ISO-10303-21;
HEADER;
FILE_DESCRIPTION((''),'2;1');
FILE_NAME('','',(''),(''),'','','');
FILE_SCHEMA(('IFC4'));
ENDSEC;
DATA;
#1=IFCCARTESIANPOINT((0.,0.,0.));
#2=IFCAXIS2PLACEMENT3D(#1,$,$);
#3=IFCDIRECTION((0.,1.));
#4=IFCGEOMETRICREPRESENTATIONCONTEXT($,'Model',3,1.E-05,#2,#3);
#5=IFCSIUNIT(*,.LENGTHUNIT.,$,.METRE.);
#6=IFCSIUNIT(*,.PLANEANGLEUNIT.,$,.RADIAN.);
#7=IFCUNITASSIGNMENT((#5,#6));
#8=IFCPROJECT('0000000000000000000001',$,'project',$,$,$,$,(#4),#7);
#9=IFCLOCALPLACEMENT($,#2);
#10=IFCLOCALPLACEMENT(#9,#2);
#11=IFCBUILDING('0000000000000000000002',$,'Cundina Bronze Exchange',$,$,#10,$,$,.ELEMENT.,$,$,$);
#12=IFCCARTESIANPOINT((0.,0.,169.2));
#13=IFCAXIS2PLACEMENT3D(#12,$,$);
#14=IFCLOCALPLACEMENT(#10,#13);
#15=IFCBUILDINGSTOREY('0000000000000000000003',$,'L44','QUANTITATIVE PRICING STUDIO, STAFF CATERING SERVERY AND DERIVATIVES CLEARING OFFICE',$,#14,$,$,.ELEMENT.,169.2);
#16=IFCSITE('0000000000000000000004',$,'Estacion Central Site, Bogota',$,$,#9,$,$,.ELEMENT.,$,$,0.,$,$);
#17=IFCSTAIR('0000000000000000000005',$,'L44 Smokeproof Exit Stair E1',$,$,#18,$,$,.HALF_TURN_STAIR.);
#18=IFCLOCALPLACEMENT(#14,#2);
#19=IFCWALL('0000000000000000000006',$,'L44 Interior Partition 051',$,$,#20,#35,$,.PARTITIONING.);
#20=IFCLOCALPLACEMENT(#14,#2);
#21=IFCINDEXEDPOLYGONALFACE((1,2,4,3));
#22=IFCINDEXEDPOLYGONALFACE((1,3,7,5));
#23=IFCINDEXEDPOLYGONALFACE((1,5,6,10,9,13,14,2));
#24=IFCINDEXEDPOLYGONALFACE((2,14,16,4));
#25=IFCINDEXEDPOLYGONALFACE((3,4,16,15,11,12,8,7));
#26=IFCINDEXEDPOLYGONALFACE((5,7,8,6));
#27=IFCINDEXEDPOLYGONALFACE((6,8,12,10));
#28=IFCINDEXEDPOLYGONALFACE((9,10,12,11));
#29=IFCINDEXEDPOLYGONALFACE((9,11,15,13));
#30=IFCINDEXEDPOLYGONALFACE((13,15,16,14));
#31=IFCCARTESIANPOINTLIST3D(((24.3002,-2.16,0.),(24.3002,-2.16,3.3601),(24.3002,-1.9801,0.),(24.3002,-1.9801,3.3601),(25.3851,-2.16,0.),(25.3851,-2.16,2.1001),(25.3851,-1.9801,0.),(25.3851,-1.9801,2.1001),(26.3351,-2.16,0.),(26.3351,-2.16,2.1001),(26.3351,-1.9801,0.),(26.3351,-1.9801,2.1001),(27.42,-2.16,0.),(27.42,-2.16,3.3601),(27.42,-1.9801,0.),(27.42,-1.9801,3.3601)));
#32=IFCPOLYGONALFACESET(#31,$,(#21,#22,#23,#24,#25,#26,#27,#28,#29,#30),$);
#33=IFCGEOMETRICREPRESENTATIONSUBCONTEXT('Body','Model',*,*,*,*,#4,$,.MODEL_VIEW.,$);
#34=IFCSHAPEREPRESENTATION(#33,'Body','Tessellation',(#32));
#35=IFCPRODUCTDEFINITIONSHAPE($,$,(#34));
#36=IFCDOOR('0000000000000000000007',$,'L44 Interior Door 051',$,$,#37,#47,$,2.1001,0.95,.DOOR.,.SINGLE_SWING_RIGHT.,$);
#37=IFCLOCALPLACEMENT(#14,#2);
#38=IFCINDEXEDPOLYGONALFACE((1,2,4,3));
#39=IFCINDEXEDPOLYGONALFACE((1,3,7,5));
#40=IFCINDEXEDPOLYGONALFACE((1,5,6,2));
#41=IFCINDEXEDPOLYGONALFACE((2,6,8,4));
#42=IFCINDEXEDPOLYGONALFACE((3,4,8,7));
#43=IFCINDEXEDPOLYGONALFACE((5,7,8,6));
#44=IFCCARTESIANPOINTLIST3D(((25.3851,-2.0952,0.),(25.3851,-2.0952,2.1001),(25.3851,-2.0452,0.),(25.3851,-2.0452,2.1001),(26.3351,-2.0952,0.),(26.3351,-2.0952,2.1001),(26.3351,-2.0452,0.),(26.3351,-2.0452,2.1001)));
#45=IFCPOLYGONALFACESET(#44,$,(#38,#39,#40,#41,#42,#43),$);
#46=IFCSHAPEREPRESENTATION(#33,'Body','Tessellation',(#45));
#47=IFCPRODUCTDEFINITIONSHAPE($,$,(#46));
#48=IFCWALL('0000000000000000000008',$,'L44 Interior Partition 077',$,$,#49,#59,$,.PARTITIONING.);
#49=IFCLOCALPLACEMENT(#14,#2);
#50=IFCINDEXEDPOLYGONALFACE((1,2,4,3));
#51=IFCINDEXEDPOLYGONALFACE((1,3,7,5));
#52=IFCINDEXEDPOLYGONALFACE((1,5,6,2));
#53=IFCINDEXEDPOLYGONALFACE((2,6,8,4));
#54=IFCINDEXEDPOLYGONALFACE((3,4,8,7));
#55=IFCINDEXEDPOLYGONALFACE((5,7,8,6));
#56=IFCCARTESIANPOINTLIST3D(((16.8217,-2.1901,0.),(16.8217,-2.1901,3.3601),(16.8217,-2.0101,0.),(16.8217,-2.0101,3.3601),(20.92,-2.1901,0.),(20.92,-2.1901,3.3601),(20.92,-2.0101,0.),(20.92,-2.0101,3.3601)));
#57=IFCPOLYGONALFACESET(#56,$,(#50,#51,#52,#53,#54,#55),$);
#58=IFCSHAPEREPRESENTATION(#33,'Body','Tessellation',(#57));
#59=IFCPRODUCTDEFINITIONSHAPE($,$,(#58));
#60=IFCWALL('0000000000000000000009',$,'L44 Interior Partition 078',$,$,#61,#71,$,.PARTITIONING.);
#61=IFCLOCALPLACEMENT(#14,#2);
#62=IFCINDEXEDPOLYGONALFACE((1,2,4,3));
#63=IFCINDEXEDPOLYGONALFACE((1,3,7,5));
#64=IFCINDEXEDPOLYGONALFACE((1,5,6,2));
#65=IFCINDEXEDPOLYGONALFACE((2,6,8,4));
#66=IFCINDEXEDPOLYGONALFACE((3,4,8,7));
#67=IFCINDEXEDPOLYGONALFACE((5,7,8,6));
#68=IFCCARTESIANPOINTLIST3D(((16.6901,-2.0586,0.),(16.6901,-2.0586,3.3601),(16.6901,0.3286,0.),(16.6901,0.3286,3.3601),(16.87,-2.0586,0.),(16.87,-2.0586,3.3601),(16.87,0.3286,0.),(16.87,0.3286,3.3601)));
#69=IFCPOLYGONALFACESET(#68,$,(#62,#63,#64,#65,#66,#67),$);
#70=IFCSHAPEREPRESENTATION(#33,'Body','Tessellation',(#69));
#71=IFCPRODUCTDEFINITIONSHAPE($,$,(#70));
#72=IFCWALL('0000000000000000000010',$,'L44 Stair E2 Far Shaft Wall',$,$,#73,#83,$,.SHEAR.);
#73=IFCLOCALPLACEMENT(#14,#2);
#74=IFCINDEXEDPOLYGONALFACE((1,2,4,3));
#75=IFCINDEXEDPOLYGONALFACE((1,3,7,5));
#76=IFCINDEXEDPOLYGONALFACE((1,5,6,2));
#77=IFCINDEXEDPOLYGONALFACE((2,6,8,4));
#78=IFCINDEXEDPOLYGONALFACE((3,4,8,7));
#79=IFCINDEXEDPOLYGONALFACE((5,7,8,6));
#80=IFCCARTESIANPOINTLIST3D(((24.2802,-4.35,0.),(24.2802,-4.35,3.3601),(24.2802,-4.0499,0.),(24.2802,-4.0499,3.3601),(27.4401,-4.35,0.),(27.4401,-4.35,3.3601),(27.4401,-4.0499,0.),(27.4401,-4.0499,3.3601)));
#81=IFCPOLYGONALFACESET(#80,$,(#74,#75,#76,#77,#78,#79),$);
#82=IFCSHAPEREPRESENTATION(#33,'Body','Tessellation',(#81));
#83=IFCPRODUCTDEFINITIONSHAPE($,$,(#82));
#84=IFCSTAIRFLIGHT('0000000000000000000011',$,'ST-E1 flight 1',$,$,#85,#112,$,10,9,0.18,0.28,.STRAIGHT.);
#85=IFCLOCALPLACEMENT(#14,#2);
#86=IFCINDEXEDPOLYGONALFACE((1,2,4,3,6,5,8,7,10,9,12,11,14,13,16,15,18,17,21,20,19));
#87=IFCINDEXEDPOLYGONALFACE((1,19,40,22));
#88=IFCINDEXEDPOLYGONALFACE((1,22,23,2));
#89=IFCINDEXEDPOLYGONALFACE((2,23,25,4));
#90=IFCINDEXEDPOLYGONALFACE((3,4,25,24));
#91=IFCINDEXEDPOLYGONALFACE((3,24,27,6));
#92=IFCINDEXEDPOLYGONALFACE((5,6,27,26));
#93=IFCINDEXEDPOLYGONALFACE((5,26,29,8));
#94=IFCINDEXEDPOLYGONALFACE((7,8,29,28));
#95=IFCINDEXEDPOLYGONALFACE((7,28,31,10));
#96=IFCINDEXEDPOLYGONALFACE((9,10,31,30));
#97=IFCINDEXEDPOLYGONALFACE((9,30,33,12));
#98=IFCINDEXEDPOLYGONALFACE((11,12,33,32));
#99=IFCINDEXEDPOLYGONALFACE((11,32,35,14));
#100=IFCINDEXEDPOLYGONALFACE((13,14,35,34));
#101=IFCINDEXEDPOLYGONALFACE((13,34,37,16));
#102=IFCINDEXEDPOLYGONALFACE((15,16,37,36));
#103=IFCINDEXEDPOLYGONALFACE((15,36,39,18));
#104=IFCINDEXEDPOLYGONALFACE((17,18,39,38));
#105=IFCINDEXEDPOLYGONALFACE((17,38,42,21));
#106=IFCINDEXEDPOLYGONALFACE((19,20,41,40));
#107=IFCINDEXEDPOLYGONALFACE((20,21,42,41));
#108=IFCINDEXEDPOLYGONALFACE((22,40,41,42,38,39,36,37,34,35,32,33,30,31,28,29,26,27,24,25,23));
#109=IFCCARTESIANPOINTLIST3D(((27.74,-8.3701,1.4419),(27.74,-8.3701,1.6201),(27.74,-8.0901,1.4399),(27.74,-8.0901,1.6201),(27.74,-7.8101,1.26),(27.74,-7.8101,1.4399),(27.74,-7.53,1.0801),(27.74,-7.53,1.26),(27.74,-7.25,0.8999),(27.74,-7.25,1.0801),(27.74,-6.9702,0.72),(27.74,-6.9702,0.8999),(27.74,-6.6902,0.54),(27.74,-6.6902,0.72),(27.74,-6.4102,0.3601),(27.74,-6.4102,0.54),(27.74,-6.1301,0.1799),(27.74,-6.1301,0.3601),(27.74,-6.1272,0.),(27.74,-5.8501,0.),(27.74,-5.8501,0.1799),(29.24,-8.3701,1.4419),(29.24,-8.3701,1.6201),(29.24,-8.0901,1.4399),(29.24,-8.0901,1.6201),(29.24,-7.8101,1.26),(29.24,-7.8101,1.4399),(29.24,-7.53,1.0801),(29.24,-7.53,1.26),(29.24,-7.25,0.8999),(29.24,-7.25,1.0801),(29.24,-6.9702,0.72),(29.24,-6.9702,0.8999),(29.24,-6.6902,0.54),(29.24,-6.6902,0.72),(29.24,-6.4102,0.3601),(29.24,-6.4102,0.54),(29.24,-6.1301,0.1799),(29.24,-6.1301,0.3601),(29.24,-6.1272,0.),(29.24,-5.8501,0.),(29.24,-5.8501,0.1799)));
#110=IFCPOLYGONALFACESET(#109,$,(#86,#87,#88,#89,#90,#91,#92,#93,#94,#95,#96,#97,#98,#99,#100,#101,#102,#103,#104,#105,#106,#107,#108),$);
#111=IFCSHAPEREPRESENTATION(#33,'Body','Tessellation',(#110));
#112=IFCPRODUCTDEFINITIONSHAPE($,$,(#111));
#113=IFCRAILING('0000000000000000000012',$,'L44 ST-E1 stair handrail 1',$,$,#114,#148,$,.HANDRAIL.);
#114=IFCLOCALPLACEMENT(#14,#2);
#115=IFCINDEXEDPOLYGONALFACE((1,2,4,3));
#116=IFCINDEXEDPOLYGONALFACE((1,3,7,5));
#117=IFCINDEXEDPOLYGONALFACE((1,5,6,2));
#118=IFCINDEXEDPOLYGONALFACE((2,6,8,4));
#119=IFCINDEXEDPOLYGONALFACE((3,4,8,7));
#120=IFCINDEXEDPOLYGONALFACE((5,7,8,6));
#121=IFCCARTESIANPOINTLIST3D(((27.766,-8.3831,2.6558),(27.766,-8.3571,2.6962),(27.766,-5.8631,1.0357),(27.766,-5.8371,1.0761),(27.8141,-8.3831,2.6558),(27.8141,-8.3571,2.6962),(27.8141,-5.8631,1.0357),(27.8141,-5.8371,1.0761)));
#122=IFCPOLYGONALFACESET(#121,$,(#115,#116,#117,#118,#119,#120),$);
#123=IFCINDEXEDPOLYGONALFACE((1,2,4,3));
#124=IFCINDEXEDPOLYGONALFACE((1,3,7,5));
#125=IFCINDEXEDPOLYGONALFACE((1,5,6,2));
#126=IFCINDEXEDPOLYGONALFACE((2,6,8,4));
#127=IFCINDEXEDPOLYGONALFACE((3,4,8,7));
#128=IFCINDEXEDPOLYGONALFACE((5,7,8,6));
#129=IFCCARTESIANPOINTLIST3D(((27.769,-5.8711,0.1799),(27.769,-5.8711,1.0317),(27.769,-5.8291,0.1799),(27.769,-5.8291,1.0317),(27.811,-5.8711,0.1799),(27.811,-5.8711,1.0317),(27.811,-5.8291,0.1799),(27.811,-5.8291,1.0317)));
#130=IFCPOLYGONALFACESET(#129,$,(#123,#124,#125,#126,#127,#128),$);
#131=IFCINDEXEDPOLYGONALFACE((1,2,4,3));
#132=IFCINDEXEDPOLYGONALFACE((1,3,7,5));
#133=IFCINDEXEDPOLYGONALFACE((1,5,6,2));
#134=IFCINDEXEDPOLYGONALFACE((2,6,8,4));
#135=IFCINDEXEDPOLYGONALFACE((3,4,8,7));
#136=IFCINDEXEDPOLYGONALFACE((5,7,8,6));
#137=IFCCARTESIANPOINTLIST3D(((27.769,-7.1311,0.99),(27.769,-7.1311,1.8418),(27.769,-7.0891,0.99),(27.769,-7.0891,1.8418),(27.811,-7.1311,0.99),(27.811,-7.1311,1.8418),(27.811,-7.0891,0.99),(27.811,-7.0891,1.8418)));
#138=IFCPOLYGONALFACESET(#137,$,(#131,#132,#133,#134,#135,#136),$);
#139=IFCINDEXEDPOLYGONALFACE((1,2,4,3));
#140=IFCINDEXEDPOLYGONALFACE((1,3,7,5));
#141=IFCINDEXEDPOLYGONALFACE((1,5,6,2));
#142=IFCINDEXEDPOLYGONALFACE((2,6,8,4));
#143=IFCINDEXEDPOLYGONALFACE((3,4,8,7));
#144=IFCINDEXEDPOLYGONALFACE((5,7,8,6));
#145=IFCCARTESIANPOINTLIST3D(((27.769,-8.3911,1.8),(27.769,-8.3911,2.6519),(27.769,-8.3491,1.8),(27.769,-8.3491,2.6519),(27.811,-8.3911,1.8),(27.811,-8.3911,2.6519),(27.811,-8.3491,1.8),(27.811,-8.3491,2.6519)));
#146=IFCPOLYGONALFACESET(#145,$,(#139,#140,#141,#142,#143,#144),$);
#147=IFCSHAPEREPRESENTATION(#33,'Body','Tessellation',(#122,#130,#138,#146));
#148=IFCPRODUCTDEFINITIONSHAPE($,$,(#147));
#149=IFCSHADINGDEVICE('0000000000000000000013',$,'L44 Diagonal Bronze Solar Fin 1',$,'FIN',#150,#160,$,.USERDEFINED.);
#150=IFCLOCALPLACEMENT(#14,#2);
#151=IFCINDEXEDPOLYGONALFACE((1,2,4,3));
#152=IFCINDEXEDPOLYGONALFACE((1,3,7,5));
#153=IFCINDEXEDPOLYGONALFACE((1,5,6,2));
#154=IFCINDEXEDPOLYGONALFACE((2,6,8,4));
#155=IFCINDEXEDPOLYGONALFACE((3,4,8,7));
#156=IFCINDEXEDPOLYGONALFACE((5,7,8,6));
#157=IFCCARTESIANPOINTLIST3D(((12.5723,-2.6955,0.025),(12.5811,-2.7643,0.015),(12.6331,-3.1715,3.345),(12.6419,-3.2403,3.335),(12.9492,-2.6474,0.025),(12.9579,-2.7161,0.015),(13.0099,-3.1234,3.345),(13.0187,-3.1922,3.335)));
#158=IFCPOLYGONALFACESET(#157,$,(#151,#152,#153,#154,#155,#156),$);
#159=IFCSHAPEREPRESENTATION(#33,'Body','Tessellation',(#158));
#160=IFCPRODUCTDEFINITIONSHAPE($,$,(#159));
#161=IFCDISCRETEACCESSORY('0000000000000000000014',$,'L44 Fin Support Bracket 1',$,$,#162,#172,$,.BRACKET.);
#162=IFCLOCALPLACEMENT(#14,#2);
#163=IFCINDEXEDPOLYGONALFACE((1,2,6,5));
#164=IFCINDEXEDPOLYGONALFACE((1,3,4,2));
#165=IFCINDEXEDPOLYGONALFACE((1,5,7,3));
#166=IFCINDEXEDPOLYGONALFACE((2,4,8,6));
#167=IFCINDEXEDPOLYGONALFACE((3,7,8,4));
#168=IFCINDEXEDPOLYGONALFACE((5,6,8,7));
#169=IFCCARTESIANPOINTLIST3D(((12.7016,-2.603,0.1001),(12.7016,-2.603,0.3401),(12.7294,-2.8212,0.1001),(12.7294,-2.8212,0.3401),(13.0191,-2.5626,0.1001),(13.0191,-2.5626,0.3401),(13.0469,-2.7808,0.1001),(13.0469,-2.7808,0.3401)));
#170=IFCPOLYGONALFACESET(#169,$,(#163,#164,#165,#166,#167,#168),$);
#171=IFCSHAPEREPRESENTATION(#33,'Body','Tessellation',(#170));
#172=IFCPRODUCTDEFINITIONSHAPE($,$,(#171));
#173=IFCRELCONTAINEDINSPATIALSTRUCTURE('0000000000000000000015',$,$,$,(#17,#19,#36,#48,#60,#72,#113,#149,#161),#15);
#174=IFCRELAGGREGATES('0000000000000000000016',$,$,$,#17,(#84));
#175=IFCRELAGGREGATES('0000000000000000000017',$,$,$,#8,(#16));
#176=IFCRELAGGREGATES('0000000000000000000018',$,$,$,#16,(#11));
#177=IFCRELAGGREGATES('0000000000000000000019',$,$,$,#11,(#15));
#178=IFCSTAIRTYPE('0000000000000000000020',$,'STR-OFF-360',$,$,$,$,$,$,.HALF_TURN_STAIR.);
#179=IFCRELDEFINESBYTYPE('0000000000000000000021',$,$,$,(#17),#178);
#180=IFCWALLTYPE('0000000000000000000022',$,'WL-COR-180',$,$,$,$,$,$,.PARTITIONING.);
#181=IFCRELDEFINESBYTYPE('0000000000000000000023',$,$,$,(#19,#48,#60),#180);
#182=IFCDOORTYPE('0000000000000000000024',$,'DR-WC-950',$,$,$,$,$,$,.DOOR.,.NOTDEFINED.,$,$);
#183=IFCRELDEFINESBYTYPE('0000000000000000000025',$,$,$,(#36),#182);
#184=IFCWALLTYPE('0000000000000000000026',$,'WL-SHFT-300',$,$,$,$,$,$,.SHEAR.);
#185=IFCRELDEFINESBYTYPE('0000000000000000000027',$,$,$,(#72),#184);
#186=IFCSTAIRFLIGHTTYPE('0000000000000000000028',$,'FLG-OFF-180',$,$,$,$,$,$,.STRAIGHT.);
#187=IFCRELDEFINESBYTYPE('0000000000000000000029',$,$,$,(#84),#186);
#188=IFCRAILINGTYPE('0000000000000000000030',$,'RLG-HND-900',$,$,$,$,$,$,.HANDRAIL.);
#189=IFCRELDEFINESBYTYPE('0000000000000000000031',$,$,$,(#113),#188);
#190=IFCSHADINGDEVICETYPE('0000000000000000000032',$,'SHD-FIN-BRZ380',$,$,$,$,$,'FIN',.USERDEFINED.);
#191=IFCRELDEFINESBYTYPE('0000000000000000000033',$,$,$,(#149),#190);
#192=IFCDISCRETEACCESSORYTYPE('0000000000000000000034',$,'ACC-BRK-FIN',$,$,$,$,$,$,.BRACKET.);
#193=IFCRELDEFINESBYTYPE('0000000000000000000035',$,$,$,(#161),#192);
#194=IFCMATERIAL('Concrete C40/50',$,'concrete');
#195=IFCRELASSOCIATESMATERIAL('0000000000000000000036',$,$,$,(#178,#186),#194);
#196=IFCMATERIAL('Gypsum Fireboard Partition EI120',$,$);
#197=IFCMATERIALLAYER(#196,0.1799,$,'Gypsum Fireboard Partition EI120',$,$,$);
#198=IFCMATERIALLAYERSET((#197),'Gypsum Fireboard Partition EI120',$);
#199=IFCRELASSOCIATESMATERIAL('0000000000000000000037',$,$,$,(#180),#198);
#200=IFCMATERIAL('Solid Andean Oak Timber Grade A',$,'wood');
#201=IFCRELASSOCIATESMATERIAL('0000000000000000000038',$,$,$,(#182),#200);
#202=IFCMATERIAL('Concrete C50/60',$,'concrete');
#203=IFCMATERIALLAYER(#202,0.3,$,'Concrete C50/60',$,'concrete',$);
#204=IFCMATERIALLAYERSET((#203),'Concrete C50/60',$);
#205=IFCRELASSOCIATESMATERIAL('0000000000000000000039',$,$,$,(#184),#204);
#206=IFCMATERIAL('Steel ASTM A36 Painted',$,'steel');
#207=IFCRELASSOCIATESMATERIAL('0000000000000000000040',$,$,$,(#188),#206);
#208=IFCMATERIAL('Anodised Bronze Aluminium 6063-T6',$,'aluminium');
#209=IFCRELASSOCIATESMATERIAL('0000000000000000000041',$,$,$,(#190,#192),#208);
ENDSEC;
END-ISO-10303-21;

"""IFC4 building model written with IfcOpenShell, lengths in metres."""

from ifc_helpers import new_model, si_unit, direction, frame, frame_2d, origin, origin_2d, place, context, subcontext, project, spatial, polyline, rectangle, outline, extrude, material, layer, layer_set, material_profile, profile_set, type_object, element, fill, aggregate, save


model = new_model("IFC4")

# Units and contexts
model_context = context("Model", 3, precision=1e-05, world=origin(), true_north=direction((0.0, 1.0)))
body_context = subcontext(model_context, "Body", "Model", "MODEL_VIEW")
ifc_project = project(units=[si_unit("LENGTHUNIT", "METRE"), si_unit("PLANEANGLEUNIT", "RADIAN")], contexts=[model_context])

# Site, building, storey
site_placement = place(None, origin())
site = spatial("IfcSite", under=ifc_project, at=site_placement, Name="Estacion Central Site, Bogota", CompositionType="ELEMENT", RefElevation=0.0)
building_placement = place(site_placement, origin())
building = spatial("IfcBuilding", under=site, at=building_placement, Name="Cundina Bronze Exchange", CompositionType="ELEMENT")
storey_placement = place(building_placement, frame((0.0, 0.0, 169.2)))
storey = spatial("IfcBuildingStorey", under=building, at=storey_placement, Name="L44", Description="QUANTITATIVE PRICING STUDIO, STAFF CATERING SERVERY AND DERIVATIVES CLEARING OFFICE", CompositionType="ELEMENT", Elevation=169.2)

# Shared definitions
ifc_material_1 = material(Name="Concrete C50/60", Category="concrete")

# Shared definitions
ifc_material_2 = material(Name="Anodised Bronze Aluminium 6063-T6", Category="aluminium")

# Stair
ifc_material_3 = material(Name="Concrete C40/50", Category="concrete")
stair_type = type_object("IfcStairType", Name="STR-OFF-360", PredefinedType="HALF_TURN_STAIR", material=ifc_material_3)
stair_1_placement = place(storey_placement, origin())
stair_1 = element("IfcStair", 1, at=stair_1_placement, inside=storey, type_object=stair_type, Name="L44 Smokeproof Exit Stair E1", PredefinedType="HALF_TURN_STAIR")

# Wall, opening, door
ifc_material_4 = material(Name="Gypsum Fireboard Partition EI120")
ifc_layer_1 = layer(ifc_material_4, 0.1799, Name="Gypsum Fireboard Partition EI120")
ifc_layer_set_1 = layer_set([ifc_layer_1], Name="Gypsum Fireboard Partition EI120")
wall_type_1 = type_object("IfcWallType", Name="WL-COR-180", PredefinedType="PARTITIONING", material=ifc_layer_set_1)
ifc_material_5 = material(Name="Steel ASTM A36 Painted", Category="steel")
wall_1_placement = place(storey_placement, frame((24.3, -2.0701, 0.0), z_axis=(0.0, 0.0, 1.0), x_axis=(1.0, 0.0, 0.0)))
wall_1 = element("IfcWall", 2, at=wall_1_placement, inside=storey, type_object=wall_type_1, Name="L44 Interior Partition 051", PredefinedType="PARTITIONING", context=body_context, shape_type="SweptSolid", body=[
    extrude(rectangle(XDim=3.1199, YDim=0.1799, at=frame_2d((1.5601, 0.0))), origin(), (0.0, 0.0, 1.0), 3.3601),
])
opening_1_placement = place(wall_1_placement, frame((1.085, 0.0, 0.0)))
opening_1 = element("IfcOpeningElement", 3, at=opening_1_placement, cuts=wall_1, PredefinedType="OPENING", context=body_context, shape_type="SweptSolid", body=[
    extrude(rectangle(XDim=0.95, YDim=2.1001, at=frame_2d((0.4751, 1.05))), frame((0.0, 0.0999, 0.0), z_axis=(0.0, -1.0, 0.0), x_axis=(1.0, 0.0, 0.0)), (0.0, 0.0, 1.0), 0.2),
])
ifc_material_6 = material(Name="Solid Andean Oak Timber Grade A", Category="wood")
door_type_1 = type_object("IfcDoorType", Name="DR-WC-950", OperationType="NOTDEFINED", PredefinedType="DOOR", material=ifc_material_6)
door_1_placement = place(opening_1_placement, origin())
door_1 = element("IfcDoor", 4, at=door_1_placement, inside=storey, type_object=door_type_1, Name="L44 Interior Door 051", OperationType="SINGLE_SWING_RIGHT", OverallHeight=2.1001, OverallWidth=0.95, PredefinedType="DOOR", context=body_context, shape_type="SweptSolid", body=[
    extrude(rectangle(XDim=0.95, YDim=2.1001, at=frame_2d((0.4751, 1.05))), frame((0.0, 0.0249, 0.0), z_axis=(0.0, -1.0, 0.0), x_axis=(1.0, 0.0, 0.0)), (0.0, 0.0, 1.0), 0.05),
])
fill(opening_1, door_1)

# Walls
wall_2_placement = place(storey_placement, frame((16.8215, -2.1001, 0.0), z_axis=(0.0, 0.0, 1.0), x_axis=(1.0, 0.0, 0.0)))
element("IfcWall", 5, at=wall_2_placement, inside=storey, type_object=wall_type_1, Name="L44 Interior Partition 077", PredefinedType="PARTITIONING", context=body_context, shape_type="SweptSolid", body=[
    extrude(rectangle(XDim=4.0984, YDim=0.1799, at=frame_2d((2.0493, 0.0))), origin(), (0.0, 0.0, 1.0), 3.3601),
])
wall_3_placement = place(storey_placement, frame((16.78, 0.3286, 0.0), z_axis=(0.0, 0.0, 1.0), x_axis=(0.0, -1.0, 0.0)))
element("IfcWall", 6, at=wall_3_placement, inside=storey, type_object=wall_type_1, Name="L44 Interior Partition 078", PredefinedType="PARTITIONING", context=body_context, shape_type="SweptSolid", body=[
    extrude(rectangle(XDim=2.3872, YDim=0.1799, at=frame_2d((1.1936, 0.0))), origin(), (0.0, 0.0, 1.0), 3.3601),
])

# Shared definitions
ifc_layer_2 = layer(ifc_material_1, 0.3, Name="Concrete C50/60", Category="concrete")
ifc_layer_set_2 = layer_set([ifc_layer_2], Name="Concrete C50/60")
wall_type_2 = type_object("IfcWallType", Name="WL-SHFT-300", PredefinedType="SHEAR", material=ifc_layer_set_2)

# Wall
wall_4_placement = place(storey_placement, frame((24.28, -4.2, 0.0), z_axis=(0.0, 0.0, 1.0), x_axis=(1.0, 0.0, 0.0)))
element("IfcWall", 7, at=wall_4_placement, inside=storey, type_object=wall_type_2, Name="L44 Stair E2 Far Shaft Wall", PredefinedType="SHEAR", context=body_context, shape_type="SweptSolid", body=[
    extrude(rectangle(XDim=3.1599, YDim=0.3, at=frame_2d((1.5801, 0.0))), origin(), (0.0, 0.0, 1.0), 3.3601),
])

# Stair flight
stair_flight_type = type_object("IfcStairFlightType", Name="FLG-OFF-180", PredefinedType="STRAIGHT", material=ifc_material_3)
stair_flight_placement = place(storey_placement, frame((28.49, -5.8501, 0.0), z_axis=(0.0, 0.0, 1.0), x_axis=(0.0, -1.0, 0.0)))
stair_flight = element("IfcStairFlight", 8, at=stair_flight_placement, type_object=stair_flight_type, Name="ST-E1 flight 1", NumberOfRisers=10, NumberOfTreads=9, PredefinedType="STRAIGHT", RiserHeight=0.18, TreadLength=0.28, context=body_context, shape_type="SweptSolid", body=[
    extrude(outline(polyline([(0.0, 0.0), (0.0, 0.1799), (0.28, 0.1799), (0.28, 0.3601), (0.5601, 0.3601), (0.5601, 0.54), (0.8401, 0.54), (0.8401, 0.72), (1.1201, 0.72), (1.1201, 0.8999), (1.3999, 0.8999), (1.3999, 1.0801), (1.6799, 1.0801), (1.6799, 1.26), (1.96, 1.26), (1.96, 1.4399), (2.24, 1.4399), (2.24, 1.6201), (2.52, 1.6201), (2.52, 1.8), (2.52, 1.4419), (0.2771, 0.0), (0.0, 0.0)])), frame((0.0, 0.75, 0.0), z_axis=(0.0, -1.0, 0.0), x_axis=(1.0, 0.0, 0.0)), (0.0, 0.0, 1.0), 1.5),
])
aggregate(stair_1, [stair_flight])

# Railing
railing_type = type_object("IfcRailingType", Name="RLG-HND-900", PredefinedType="HANDRAIL", material=ifc_material_5)
railing_placement = place(storey_placement, frame((27.79, -5.8501, 0.1799)))
element("IfcRailing", 9, at=railing_placement, inside=storey, type_object=railing_type, Name="L44 ST-E1 stair handrail 1", PredefinedType="HANDRAIL", context=body_context, shape_type="SweptSolid", body=[
    extrude(rectangle(XDim=0.0481, YDim=0.0481, at=origin_2d()), frame((0.0, 0.0, 0.876), z_axis=(0.0, -0.841163, 0.540782), x_axis=(1.0, 0.0, 0.0)), (0.0, 0.0, 1.0), 2.9958),
    extrude(rectangle(XDim=0.042, YDim=0.042, at=origin_2d()), origin(), (0.0, 0.0, 1.0), 0.8518),
    extrude(rectangle(XDim=0.042, YDim=0.042, at=origin_2d()), frame((0.0, -1.26, 0.8101)), (0.0, 0.0, 1.0), 0.8518),
    extrude(rectangle(XDim=0.042, YDim=0.042, at=origin_2d()), frame((0.0, -2.52, 1.6201)), (0.0, 0.0, 1.0), 0.8518),
])

# Shading device
ifc_material_profile_1 = material_profile(ifc_material_2, rectangle(XDim=0.0701, YDim=0.3799, at=origin_2d()), Name="FIN70X380", Category="aluminium")
ifc_profile_set_1 = profile_set([ifc_material_profile_1], Name="Anodised Bronze Aluminium 6063-T6")
shading_device_type = type_object("IfcShadingDeviceType", Name="SHD-FIN-BRZ380", ElementType="FIN", PredefinedType="USERDEFINED", material=ifc_profile_set_1)
shading_device_placement = place(storey_placement, frame((12.7651, -2.7058, 0.02), z_axis=(0.018122, -0.141918, 0.989713), x_axis=(-0.125361, 0.981741, 0.14307)))
element("IfcShadingDevice", 10, at=shading_device_placement, inside=storey, type_object=shading_device_type, Name="L44 Diagonal Bronze Solar Fin 1", ObjectType="FIN", PredefinedType="USERDEFINED", context=body_context, shape_type="SweptSolid", body=[
    extrude(rectangle(XDim=0.0701, YDim=0.3799, at=origin_2d()), origin(), (0.0, 0.0, 1.0), 3.3545),
])

# Discrete accessory
discrete_accessory_type = type_object("IfcDiscreteAccessoryType", Name="ACC-BRK-FIN", PredefinedType="BRACKET", material=ifc_material_2)
discrete_accessory_placement = place(storey_placement, frame((12.8743, -2.6919, 0.1001), z_axis=(0.0, 0.0, 1.0), x_axis=(0.126476, -0.99197, 0.0)))
element("IfcDiscreteAccessory", 11, at=discrete_accessory_placement, inside=storey, type_object=discrete_accessory_type, Name="L44 Fin Support Bracket 1", PredefinedType="BRACKET", context=body_context, shape_type="SweptSolid", body=[
    extrude(rectangle(XDim=0.22, YDim=0.3201, at=origin_2d()), origin(), (0.0, 0.0, 1.0), 0.24),
])

save(model, "model.ifc")
